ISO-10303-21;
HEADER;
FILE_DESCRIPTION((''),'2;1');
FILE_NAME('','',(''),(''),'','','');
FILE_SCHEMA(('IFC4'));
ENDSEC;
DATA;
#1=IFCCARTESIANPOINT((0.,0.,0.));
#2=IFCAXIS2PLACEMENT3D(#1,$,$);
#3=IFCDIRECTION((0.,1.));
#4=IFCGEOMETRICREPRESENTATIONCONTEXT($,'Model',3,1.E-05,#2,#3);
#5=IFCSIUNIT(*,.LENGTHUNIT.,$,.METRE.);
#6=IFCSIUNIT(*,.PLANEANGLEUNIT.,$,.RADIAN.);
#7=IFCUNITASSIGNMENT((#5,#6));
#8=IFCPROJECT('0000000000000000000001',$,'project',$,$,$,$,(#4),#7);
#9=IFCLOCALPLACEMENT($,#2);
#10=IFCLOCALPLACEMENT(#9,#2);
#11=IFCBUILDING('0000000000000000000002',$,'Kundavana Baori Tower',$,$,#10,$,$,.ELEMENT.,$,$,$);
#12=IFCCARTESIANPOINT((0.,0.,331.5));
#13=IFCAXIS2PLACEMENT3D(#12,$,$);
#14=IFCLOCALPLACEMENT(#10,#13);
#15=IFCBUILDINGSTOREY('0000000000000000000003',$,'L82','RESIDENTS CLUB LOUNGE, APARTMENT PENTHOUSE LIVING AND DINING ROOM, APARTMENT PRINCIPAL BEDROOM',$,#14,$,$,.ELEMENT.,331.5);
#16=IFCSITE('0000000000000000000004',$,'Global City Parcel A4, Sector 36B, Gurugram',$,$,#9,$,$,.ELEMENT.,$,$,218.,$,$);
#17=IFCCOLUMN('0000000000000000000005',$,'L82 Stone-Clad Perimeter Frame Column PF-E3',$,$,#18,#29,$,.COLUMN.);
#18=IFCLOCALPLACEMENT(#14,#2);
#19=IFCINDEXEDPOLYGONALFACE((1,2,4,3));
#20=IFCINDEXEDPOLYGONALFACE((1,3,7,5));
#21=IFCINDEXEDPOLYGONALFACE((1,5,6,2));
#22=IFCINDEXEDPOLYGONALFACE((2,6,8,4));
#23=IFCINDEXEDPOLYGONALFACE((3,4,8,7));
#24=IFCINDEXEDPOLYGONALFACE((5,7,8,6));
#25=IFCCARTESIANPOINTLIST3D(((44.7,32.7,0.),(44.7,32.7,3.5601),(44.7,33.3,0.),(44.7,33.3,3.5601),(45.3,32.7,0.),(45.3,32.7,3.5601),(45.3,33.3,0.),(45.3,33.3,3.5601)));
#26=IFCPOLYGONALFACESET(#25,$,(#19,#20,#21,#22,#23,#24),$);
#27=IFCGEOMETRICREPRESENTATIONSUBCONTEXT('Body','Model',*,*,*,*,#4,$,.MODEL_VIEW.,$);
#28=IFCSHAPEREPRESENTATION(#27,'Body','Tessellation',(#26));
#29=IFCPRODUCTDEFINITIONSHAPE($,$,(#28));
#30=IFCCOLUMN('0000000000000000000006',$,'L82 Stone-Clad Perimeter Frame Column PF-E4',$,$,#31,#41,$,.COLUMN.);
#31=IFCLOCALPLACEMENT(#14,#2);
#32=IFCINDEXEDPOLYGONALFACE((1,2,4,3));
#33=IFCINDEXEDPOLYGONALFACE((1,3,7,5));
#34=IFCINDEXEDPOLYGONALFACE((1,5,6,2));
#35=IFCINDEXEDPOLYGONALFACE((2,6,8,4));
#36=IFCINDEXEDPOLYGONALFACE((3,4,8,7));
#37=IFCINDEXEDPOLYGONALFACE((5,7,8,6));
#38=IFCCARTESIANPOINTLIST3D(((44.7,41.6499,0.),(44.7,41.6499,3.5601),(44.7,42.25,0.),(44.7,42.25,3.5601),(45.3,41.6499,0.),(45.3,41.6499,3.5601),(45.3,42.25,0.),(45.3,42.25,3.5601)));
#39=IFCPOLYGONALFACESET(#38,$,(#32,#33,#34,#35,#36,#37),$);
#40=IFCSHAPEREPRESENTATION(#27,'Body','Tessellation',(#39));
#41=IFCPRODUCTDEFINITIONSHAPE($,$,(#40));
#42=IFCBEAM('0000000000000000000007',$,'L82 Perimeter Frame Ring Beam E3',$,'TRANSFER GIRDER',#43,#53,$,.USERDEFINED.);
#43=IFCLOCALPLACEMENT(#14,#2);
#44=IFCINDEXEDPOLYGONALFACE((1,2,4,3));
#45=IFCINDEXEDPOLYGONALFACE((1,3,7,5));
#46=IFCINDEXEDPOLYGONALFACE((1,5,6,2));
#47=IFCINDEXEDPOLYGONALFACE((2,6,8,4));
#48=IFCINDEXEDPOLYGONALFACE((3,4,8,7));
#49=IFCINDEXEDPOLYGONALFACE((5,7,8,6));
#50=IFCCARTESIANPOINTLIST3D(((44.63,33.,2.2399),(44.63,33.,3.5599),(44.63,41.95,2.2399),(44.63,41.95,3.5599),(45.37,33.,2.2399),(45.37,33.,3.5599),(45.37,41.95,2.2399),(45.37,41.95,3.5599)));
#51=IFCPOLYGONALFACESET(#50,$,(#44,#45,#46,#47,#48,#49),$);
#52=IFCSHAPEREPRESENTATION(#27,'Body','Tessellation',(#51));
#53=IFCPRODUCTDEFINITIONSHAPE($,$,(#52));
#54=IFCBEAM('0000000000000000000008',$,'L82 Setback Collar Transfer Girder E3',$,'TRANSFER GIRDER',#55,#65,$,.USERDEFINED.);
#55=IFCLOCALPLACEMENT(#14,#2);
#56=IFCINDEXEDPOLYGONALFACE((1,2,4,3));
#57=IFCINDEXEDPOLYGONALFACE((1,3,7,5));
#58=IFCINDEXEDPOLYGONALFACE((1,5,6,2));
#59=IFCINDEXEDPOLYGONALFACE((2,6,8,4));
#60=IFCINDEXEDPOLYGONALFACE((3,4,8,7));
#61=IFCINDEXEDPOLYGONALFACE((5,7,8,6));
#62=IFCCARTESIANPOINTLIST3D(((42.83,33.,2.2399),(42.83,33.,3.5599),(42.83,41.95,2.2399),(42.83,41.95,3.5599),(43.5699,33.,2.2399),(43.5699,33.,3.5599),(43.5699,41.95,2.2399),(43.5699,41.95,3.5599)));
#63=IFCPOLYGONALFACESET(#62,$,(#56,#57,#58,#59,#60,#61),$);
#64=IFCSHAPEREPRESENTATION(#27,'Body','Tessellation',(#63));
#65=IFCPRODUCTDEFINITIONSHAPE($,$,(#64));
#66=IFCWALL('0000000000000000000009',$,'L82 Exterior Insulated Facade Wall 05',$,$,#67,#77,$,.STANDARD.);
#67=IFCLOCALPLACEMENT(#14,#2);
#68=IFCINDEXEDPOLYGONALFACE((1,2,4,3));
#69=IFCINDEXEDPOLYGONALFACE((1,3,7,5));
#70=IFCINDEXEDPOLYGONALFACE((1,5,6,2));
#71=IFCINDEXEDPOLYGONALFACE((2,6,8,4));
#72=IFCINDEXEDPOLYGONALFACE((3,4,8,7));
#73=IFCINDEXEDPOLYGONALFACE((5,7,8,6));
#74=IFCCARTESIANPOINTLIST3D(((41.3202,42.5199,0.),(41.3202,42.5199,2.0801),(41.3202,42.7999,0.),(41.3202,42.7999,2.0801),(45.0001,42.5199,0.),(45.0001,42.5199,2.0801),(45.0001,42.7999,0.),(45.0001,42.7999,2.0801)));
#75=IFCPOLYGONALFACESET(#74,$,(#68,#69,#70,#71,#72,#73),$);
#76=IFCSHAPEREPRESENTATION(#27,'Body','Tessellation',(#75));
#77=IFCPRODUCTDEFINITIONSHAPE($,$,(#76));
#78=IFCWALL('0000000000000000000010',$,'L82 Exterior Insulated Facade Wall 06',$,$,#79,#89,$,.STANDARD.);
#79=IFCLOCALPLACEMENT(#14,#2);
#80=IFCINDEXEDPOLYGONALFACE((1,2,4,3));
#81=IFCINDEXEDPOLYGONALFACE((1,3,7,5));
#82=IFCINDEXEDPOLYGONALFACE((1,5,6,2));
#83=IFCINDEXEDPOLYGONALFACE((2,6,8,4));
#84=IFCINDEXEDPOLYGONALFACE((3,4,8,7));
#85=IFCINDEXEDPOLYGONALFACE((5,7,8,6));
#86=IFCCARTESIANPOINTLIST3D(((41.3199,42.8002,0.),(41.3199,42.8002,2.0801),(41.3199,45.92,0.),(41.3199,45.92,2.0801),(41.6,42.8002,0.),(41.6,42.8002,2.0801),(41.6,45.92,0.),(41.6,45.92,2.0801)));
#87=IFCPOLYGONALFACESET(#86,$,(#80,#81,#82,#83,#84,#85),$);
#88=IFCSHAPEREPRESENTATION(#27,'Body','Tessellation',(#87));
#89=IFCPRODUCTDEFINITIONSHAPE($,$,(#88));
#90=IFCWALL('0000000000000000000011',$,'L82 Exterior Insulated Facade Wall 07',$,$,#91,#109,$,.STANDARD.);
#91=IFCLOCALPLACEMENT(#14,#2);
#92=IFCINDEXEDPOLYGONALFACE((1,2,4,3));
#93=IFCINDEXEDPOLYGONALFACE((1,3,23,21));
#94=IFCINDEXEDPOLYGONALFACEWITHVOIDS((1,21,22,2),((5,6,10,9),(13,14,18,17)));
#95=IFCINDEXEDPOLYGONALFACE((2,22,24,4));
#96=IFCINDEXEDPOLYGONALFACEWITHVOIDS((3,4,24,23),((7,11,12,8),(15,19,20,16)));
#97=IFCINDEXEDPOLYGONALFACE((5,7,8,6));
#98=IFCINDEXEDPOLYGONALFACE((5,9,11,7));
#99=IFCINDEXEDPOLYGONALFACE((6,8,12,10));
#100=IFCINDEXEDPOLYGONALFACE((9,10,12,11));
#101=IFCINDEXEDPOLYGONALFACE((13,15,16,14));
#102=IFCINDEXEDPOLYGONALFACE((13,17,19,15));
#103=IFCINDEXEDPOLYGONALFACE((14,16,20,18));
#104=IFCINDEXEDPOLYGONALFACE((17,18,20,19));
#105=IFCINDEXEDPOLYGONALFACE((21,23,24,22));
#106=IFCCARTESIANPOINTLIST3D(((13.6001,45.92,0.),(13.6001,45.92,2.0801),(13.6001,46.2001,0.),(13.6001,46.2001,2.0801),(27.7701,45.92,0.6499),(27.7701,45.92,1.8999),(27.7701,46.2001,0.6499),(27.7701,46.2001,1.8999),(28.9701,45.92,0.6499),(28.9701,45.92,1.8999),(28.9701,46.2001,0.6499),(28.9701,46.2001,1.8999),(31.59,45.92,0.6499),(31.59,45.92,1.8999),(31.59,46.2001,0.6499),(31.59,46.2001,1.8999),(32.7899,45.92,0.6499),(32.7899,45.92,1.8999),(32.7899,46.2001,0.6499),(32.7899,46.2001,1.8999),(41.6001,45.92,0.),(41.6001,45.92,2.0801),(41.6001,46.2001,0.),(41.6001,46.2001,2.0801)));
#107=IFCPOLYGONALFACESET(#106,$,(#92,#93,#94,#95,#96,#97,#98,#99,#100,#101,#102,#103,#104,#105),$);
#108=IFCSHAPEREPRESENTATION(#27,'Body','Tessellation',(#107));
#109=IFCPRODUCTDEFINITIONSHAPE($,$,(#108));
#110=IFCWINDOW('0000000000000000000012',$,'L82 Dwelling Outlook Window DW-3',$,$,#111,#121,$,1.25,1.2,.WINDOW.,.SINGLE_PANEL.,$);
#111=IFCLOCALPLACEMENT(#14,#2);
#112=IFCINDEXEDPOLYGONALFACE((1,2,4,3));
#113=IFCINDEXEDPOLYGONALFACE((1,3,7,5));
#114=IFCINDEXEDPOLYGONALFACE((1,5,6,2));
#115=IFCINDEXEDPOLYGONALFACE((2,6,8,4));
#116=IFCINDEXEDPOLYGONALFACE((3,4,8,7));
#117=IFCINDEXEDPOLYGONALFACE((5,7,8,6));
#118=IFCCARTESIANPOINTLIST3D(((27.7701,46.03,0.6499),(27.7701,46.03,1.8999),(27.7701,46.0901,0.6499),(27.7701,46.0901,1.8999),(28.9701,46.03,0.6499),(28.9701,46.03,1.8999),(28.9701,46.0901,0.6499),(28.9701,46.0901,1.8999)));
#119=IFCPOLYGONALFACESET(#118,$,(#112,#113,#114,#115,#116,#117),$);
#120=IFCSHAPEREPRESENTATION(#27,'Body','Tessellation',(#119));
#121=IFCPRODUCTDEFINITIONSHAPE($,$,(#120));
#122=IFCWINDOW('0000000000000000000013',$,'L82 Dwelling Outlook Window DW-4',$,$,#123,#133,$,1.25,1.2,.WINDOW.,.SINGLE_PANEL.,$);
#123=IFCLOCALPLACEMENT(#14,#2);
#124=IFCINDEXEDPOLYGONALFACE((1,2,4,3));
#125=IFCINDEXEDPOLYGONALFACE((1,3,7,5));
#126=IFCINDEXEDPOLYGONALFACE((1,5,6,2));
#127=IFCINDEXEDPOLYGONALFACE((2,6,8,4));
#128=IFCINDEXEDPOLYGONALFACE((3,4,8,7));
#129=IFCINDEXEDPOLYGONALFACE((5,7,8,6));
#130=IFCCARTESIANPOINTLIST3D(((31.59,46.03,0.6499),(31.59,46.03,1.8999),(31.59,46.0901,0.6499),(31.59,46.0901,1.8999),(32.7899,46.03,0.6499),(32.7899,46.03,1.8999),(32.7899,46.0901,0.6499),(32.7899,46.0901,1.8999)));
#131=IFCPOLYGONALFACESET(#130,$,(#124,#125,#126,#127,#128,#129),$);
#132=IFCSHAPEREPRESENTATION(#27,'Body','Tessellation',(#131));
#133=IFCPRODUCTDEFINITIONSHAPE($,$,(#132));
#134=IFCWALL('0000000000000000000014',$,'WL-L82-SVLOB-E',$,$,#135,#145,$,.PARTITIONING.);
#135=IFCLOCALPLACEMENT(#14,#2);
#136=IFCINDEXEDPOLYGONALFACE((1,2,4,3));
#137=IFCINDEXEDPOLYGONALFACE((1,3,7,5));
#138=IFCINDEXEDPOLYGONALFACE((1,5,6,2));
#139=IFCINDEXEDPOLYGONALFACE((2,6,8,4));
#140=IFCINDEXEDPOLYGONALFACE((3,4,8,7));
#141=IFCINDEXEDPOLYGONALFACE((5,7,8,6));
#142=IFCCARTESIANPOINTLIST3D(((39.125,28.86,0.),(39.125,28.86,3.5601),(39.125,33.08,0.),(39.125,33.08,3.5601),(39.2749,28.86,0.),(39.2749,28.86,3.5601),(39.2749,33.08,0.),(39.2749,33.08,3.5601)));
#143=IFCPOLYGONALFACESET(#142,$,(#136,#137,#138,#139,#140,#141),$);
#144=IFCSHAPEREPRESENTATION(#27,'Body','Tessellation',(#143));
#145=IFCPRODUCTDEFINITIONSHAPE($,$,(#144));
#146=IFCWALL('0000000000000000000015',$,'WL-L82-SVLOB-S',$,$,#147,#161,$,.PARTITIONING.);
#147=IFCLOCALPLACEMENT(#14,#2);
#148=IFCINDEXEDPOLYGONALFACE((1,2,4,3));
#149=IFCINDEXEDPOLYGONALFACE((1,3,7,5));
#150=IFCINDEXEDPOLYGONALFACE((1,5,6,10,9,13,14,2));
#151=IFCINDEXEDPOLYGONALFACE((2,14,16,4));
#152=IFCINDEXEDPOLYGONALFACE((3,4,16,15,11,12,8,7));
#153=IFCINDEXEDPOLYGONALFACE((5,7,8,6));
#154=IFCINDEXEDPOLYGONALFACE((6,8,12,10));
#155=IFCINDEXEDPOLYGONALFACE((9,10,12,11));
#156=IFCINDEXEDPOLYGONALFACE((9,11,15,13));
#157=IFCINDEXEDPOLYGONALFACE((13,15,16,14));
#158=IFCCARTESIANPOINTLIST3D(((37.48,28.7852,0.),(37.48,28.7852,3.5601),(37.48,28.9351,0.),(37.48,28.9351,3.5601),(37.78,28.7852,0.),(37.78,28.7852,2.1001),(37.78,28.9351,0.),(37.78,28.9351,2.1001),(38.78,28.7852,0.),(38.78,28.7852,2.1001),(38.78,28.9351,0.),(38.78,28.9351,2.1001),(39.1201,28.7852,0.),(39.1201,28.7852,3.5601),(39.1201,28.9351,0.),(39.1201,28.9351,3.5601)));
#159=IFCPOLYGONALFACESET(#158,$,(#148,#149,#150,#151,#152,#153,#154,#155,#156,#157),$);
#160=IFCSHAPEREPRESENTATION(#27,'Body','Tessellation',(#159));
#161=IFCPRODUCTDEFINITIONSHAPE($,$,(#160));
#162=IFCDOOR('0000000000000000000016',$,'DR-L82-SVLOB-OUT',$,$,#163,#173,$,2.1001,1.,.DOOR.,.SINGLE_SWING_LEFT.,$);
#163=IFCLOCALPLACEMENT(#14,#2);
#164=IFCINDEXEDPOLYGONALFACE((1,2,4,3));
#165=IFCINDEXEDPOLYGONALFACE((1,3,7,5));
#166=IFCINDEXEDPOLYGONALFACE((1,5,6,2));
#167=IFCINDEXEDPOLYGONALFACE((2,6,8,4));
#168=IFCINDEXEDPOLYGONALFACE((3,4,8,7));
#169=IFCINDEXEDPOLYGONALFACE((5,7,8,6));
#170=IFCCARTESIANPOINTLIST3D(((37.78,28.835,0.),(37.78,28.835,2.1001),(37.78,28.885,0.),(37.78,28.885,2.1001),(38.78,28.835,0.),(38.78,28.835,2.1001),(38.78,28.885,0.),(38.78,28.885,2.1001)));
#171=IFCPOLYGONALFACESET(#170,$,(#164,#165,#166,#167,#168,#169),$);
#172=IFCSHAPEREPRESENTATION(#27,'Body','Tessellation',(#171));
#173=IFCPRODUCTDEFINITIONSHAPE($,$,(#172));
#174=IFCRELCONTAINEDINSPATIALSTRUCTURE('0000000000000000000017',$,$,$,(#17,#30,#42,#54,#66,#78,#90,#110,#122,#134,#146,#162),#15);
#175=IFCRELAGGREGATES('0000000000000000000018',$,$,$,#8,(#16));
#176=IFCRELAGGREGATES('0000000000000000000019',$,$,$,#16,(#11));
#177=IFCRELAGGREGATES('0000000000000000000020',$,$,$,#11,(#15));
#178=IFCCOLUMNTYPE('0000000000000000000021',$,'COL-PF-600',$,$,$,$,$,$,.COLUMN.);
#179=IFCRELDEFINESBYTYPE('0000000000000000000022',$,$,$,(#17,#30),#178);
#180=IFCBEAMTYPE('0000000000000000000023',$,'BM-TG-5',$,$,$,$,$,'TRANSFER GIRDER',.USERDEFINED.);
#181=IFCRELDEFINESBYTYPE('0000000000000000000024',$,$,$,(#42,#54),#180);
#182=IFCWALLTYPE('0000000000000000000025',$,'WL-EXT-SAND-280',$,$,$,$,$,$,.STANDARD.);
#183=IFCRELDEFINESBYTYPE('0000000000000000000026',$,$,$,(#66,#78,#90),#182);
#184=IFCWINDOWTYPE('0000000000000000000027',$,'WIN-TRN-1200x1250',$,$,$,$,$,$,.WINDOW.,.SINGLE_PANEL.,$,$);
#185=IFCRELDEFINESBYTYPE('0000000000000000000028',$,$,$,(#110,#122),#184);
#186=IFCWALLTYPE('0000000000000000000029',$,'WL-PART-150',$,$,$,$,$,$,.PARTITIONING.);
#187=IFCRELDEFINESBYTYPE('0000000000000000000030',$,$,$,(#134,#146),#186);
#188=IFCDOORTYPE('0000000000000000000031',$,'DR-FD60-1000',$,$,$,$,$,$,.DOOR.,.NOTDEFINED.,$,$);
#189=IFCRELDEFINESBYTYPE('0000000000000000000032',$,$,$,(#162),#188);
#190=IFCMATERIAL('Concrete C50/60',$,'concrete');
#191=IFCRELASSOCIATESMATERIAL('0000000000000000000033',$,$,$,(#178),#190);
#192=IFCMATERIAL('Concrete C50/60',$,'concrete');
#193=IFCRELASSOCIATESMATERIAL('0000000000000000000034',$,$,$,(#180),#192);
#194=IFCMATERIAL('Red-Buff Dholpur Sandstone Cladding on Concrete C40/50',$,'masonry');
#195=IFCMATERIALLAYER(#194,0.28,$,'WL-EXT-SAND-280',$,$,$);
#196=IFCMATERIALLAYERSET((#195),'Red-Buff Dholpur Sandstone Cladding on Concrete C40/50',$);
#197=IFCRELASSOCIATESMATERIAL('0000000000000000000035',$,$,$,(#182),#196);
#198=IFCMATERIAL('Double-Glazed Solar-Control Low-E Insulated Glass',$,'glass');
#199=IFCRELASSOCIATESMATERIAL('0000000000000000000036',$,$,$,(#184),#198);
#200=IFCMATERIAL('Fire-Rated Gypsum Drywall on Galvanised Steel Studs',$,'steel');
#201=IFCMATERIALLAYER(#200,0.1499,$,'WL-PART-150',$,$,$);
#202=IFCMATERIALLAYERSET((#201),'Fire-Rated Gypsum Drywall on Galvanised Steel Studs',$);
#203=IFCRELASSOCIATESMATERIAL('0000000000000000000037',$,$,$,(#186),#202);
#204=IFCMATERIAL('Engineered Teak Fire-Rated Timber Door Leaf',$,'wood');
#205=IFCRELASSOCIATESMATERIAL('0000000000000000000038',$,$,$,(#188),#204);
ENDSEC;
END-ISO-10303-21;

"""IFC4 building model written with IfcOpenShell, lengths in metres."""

from ifc_helpers import new_model, si_unit, direction, frame, frame_2d, origin, origin_2d, place, context, subcontext, project, spatial, rectangle, extrude, material, layer, layer_set, material_profile, profile_set, type_object, element, fill, save


model = new_model("IFC4")

# Units and contexts
model_context = context("Model", 3, precision=1e-05, world=origin(), true_north=direction((0.0, 1.0)))
body_context = subcontext(model_context, "Body", "Model", "MODEL_VIEW")
ifc_project = project(units=[si_unit("LENGTHUNIT", "METRE"), si_unit("PLANEANGLEUNIT", "RADIAN")], contexts=[model_context])

# Site, building, storey
site_placement = place(None, origin())
site = spatial("IfcSite", under=ifc_project, at=site_placement, Name="Global City Parcel A4, Sector 36B, Gurugram", CompositionType="ELEMENT", RefElevation=218.0)
building_placement = place(site_placement, origin())
building = spatial("IfcBuilding", under=site, at=building_placement, Name="Kundavana Baori Tower", CompositionType="ELEMENT")
storey_placement = place(building_placement, frame((0.0, 0.0, 331.5)))
storey = spatial("IfcBuildingStorey", under=building, at=storey_placement, Name="L82", Description="RESIDENTS CLUB LOUNGE, APARTMENT PENTHOUSE LIVING AND DINING ROOM, APARTMENT PRINCIPAL BEDROOM", CompositionType="ELEMENT", Elevation=331.5)

# Columns
ifc_material_1 = material(Name="Concrete C50/60", Category="concrete")
ifc_material_profile_1 = material_profile(ifc_material_1, rectangle(XDim=0.6001, YDim=0.6001, at=origin_2d()), Name="RC PF 600x600")
ifc_profile_set_1 = profile_set([ifc_material_profile_1], Name="Concrete C50/60")
column_type = type_object("IfcColumnType", Name="COL-PF-600", PredefinedType="COLUMN", material=ifc_profile_set_1)
for number, where, z_axis, x_axis, name in (
    (1, (45.0, 33.0, 0.0), (0.0, 0.0, 1.0), (1.0, 0.0, 0.0), "L82 Stone-Clad Perimeter Frame Column PF-E3"),
    (2, (45.0, 41.95, 0.0), (0.0, 0.0, 1.0), (1.0, 0.0, 0.0), "L82 Stone-Clad Perimeter Frame Column PF-E4"),
):
    element("IfcColumn", number, at=place(storey_placement, frame(where, z_axis=z_axis, x_axis=x_axis)), inside=storey, type_object=column_type, Name=name, PredefinedType="COLUMN", context=body_context, shape_type="SweptSolid", body=[
        extrude(rectangle(XDim=0.6001, YDim=0.6001, at=origin_2d()), origin(), (0.0, 0.0, 1.0), 3.5601),
    ])

# Beams
ifc_material_2 = material(Name="Concrete C50/60", Category="concrete")
ifc_material_profile_2 = material_profile(ifc_material_2, rectangle(XDim=0.74, YDim=1.3201, at=origin_2d()), Name="BM-TG-5")
ifc_profile_set_2 = profile_set([ifc_material_profile_2], Name="Concrete C50/60")
beam_type = type_object("IfcBeamType", Name="BM-TG-5", ElementType="TRANSFER GIRDER", PredefinedType="USERDEFINED", material=ifc_profile_set_2)
for number, where, z_axis, x_axis, name in (
    (3, (45.0, 33.0, 2.8999), (0.0, 1.0, 0.0), (-1.0, 0.0, 0.0), "L82 Perimeter Frame Ring Beam E3"),
    (4, (43.2, 33.0, 2.8999), (0.0, 1.0, 0.0), (-1.0, 0.0, 0.0), "L82 Setback Collar Transfer Girder E3"),
):
    element("IfcBeam", number, at=place(storey_placement, frame(where, z_axis=z_axis, x_axis=x_axis)), inside=storey, type_object=beam_type, Name=name, ObjectType="TRANSFER GIRDER", PredefinedType="USERDEFINED", context=body_context, shape_type="SweptSolid", body=[
        extrude(rectangle(XDim=0.74, YDim=1.3201, at=origin_2d()), origin(), (0.0, 0.0, 1.0), 8.95),
    ])

# Walls
ifc_material_3 = material(Name="Red-Buff Dholpur Sandstone Cladding on Concrete C40/50", Category="masonry")
ifc_layer_1 = layer(ifc_material_3, 0.28, Name="WL-EXT-SAND-280")
ifc_layer_set_1 = layer_set([ifc_layer_1], Name="Red-Buff Dholpur Sandstone Cladding on Concrete C40/50")
wall_type_1 = type_object("IfcWallType", Name="WL-EXT-SAND-280", PredefinedType="STANDARD", material=ifc_layer_set_1)
wall_1_placement = place(storey_placement, frame((45.0, 42.6599, 0.0), z_axis=(0.0, 0.0, 1.0), x_axis=(-1.0, 0.0, 0.0)))
element("IfcWall", 5, at=wall_1_placement, inside=storey, type_object=wall_type_1, Name="L82 Exterior Insulated Facade Wall 05", PredefinedType="STANDARD", context=body_context, shape_type="SweptSolid", body=[
    extrude(rectangle(XDim=3.6799, YDim=0.28, at=frame_2d((1.8398, 0.0))), origin(), (0.0, 0.0, 1.0), 2.0801),
])
wall_2_placement = place(storey_placement, frame((41.46, 42.8, 0.0), z_axis=(0.0, 0.0, 1.0), x_axis=(0.0, 1.0, 0.0)))
element("IfcWall", 6, at=wall_2_placement, inside=storey, type_object=wall_type_1, Name="L82 Exterior Insulated Facade Wall 06", PredefinedType="STANDARD", context=body_context, shape_type="SweptSolid", body=[
    extrude(rectangle(XDim=3.1199, YDim=0.28, at=frame_2d((1.5601, 0.0))), origin(), (0.0, 0.0, 1.0), 2.0801),
])

# Wall, openings, windows
wall_3_placement = place(storey_placement, frame((41.6001, 46.0601, 0.0), z_axis=(0.0, 0.0, 1.0), x_axis=(-1.0, 0.0, 0.0)))
wall_3 = element("IfcWall", 7, at=wall_3_placement, inside=storey, type_object=wall_type_1, Name="L82 Exterior Insulated Facade Wall 07", PredefinedType="STANDARD", context=body_context, shape_type="SweptSolid", body=[
    extrude(rectangle(XDim=28.0, YDim=0.28, at=frame_2d((14.0, 0.0))), origin(), (0.0, 0.0, 1.0), 2.0801),
])
opening_1_placement = place(wall_3_placement, frame((12.6299, 0.0, 0.6499)))
opening_1 = element("IfcOpeningElement", 8, at=opening_1_placement, cuts=wall_3, PredefinedType="OPENING", context=body_context, shape_type="SweptSolid", body=[
    extrude(rectangle(XDim=1.2, YDim=1.25, at=frame_2d((0.6001, 0.625))), frame((0.0, 0.1499, 0.0), z_axis=(0.0, -1.0, 0.0), x_axis=(1.0, 0.0, 0.0)), (0.0, 0.0, 1.0), 0.3),
])
opening_2_placement = place(wall_3_placement, frame((8.8101, 0.0, 0.6499)))
opening_2 = element("IfcOpeningElement", 9, at=opening_2_placement, cuts=wall_3, PredefinedType="OPENING", context=body_context, shape_type="SweptSolid", body=[
    extrude(rectangle(XDim=1.2, YDim=1.25, at=frame_2d((0.6001, 0.625))), frame((0.0, 0.1499, 0.0), z_axis=(0.0, -1.0, 0.0), x_axis=(1.0, 0.0, 0.0)), (0.0, 0.0, 1.0), 0.3),
])
ifc_material_4 = material(Name="Double-Glazed Solar-Control Low-E Insulated Glass", Category="glass")
window_type = type_object("IfcWindowType", Name="WIN-TRN-1200x1250", PartitioningType="SINGLE_PANEL", PredefinedType="WINDOW", material=ifc_material_4)
window_1_placement = place(opening_1_placement, origin())
window_1 = element("IfcWindow", 10, at=window_1_placement, inside=storey, type_object=window_type, Name="L82 Dwelling Outlook Window DW-3", OverallHeight=1.25, OverallWidth=1.2, PartitioningType="SINGLE_PANEL", PredefinedType="WINDOW", context=body_context, shape_type="SweptSolid", body=[
    extrude(rectangle(XDim=1.2, YDim=1.25, at=frame_2d((0.6001, 0.625))), frame((0.0, 0.03, 0.0), z_axis=(0.0, -1.0, 0.0), x_axis=(1.0, 0.0, 0.0)), (0.0, 0.0, 1.0), 0.0601),
])
fill(opening_1, window_1)
window_2_placement = place(opening_2_placement, origin())
window_2 = element("IfcWindow", 11, at=window_2_placement, inside=storey, type_object=window_type, Name="L82 Dwelling Outlook Window DW-4", OverallHeight=1.25, OverallWidth=1.2, PartitioningType="SINGLE_PANEL", PredefinedType="WINDOW", context=body_context, shape_type="SweptSolid", body=[
    extrude(rectangle(XDim=1.2, YDim=1.25, at=frame_2d((0.6001, 0.625))), frame((0.0, 0.03, 0.0), z_axis=(0.0, -1.0, 0.0), x_axis=(1.0, 0.0, 0.0)), (0.0, 0.0, 1.0), 0.0601),
])
fill(opening_2, window_2)

# Wall
ifc_material_5 = material(Name="Fire-Rated Gypsum Drywall on Galvanised Steel Studs", Category="steel")
ifc_layer_2 = layer(ifc_material_5, 0.1499, Name="WL-PART-150")
ifc_layer_set_2 = layer_set([ifc_layer_2], Name="Fire-Rated Gypsum Drywall on Galvanised Steel Studs")
wall_type_2 = type_object("IfcWallType", Name="WL-PART-150", PredefinedType="PARTITIONING", material=ifc_layer_set_2)
wall_4_placement = place(storey_placement, frame((39.2, 28.8601, 0.0), z_axis=(0.0, 0.0, 1.0), x_axis=(0.0, 1.0, 0.0)))
element("IfcWall", 12, at=wall_4_placement, inside=storey, type_object=wall_type_2, Name="WL-L82-SVLOB-E", PredefinedType="PARTITIONING", context=body_context, shape_type="SweptSolid", body=[
    extrude(rectangle(XDim=4.22, YDim=0.1499, at=frame_2d((2.1099, 0.0))), origin(), (0.0, 0.0, 1.0), 3.5601),
])

# Wall, opening, door
wall_5_placement = place(storey_placement, frame((37.48, 28.8601, 0.0), z_axis=(0.0, 0.0, 1.0), x_axis=(1.0, 0.0, 0.0)))
wall_5 = element("IfcWall", 13, at=wall_5_placement, inside=storey, type_object=wall_type_2, Name="WL-L82-SVLOB-S", PredefinedType="PARTITIONING", context=body_context, shape_type="SweptSolid", body=[
    extrude(rectangle(XDim=1.6401, YDim=0.1499, at=frame_2d((0.8201, 0.0))), origin(), (0.0, 0.0, 1.0), 3.5601),
])
opening_3_placement = place(wall_5_placement, frame((0.3, 0.0, 0.0)))
opening_3 = element("IfcOpeningElement", 14, at=opening_3_placement, cuts=wall_5, PredefinedType="OPENING", context=body_context, shape_type="SweptSolid", body=[
    extrude(rectangle(XDim=1.0, YDim=2.1001, at=frame_2d((0.5, 1.05))), frame((0.0, 0.085, 0.0), z_axis=(0.0, -1.0, 0.0), x_axis=(1.0, 0.0, 0.0)), (0.0, 0.0, 1.0), 0.1699),
])
ifc_material_6 = material(Name="Engineered Teak Fire-Rated Timber Door Leaf", Category="wood")
door_type_1 = type_object("IfcDoorType", Name="DR-FD60-1000", OperationType="NOTDEFINED", PredefinedType="DOOR", material=ifc_material_6)
door_1_placement = place(opening_3_placement, origin())
door_1 = element("IfcDoor", 15, at=door_1_placement, inside=storey, type_object=door_type_1, Name="DR-L82-SVLOB-OUT", OperationType="SINGLE_SWING_LEFT", OverallHeight=2.1001, OverallWidth=1.0, PredefinedType="DOOR", context=body_context, shape_type="SweptSolid", body=[
    extrude(rectangle(XDim=1.0, YDim=2.1001, at=frame_2d((0.5, 1.05))), frame((0.0, 0.0249, 0.0), z_axis=(0.0, -1.0, 0.0), x_axis=(1.0, 0.0, 0.0)), (0.0, 0.0, 1.0), 0.05),
])
fill(opening_3, door_1)

save(model, "model.ifc")
